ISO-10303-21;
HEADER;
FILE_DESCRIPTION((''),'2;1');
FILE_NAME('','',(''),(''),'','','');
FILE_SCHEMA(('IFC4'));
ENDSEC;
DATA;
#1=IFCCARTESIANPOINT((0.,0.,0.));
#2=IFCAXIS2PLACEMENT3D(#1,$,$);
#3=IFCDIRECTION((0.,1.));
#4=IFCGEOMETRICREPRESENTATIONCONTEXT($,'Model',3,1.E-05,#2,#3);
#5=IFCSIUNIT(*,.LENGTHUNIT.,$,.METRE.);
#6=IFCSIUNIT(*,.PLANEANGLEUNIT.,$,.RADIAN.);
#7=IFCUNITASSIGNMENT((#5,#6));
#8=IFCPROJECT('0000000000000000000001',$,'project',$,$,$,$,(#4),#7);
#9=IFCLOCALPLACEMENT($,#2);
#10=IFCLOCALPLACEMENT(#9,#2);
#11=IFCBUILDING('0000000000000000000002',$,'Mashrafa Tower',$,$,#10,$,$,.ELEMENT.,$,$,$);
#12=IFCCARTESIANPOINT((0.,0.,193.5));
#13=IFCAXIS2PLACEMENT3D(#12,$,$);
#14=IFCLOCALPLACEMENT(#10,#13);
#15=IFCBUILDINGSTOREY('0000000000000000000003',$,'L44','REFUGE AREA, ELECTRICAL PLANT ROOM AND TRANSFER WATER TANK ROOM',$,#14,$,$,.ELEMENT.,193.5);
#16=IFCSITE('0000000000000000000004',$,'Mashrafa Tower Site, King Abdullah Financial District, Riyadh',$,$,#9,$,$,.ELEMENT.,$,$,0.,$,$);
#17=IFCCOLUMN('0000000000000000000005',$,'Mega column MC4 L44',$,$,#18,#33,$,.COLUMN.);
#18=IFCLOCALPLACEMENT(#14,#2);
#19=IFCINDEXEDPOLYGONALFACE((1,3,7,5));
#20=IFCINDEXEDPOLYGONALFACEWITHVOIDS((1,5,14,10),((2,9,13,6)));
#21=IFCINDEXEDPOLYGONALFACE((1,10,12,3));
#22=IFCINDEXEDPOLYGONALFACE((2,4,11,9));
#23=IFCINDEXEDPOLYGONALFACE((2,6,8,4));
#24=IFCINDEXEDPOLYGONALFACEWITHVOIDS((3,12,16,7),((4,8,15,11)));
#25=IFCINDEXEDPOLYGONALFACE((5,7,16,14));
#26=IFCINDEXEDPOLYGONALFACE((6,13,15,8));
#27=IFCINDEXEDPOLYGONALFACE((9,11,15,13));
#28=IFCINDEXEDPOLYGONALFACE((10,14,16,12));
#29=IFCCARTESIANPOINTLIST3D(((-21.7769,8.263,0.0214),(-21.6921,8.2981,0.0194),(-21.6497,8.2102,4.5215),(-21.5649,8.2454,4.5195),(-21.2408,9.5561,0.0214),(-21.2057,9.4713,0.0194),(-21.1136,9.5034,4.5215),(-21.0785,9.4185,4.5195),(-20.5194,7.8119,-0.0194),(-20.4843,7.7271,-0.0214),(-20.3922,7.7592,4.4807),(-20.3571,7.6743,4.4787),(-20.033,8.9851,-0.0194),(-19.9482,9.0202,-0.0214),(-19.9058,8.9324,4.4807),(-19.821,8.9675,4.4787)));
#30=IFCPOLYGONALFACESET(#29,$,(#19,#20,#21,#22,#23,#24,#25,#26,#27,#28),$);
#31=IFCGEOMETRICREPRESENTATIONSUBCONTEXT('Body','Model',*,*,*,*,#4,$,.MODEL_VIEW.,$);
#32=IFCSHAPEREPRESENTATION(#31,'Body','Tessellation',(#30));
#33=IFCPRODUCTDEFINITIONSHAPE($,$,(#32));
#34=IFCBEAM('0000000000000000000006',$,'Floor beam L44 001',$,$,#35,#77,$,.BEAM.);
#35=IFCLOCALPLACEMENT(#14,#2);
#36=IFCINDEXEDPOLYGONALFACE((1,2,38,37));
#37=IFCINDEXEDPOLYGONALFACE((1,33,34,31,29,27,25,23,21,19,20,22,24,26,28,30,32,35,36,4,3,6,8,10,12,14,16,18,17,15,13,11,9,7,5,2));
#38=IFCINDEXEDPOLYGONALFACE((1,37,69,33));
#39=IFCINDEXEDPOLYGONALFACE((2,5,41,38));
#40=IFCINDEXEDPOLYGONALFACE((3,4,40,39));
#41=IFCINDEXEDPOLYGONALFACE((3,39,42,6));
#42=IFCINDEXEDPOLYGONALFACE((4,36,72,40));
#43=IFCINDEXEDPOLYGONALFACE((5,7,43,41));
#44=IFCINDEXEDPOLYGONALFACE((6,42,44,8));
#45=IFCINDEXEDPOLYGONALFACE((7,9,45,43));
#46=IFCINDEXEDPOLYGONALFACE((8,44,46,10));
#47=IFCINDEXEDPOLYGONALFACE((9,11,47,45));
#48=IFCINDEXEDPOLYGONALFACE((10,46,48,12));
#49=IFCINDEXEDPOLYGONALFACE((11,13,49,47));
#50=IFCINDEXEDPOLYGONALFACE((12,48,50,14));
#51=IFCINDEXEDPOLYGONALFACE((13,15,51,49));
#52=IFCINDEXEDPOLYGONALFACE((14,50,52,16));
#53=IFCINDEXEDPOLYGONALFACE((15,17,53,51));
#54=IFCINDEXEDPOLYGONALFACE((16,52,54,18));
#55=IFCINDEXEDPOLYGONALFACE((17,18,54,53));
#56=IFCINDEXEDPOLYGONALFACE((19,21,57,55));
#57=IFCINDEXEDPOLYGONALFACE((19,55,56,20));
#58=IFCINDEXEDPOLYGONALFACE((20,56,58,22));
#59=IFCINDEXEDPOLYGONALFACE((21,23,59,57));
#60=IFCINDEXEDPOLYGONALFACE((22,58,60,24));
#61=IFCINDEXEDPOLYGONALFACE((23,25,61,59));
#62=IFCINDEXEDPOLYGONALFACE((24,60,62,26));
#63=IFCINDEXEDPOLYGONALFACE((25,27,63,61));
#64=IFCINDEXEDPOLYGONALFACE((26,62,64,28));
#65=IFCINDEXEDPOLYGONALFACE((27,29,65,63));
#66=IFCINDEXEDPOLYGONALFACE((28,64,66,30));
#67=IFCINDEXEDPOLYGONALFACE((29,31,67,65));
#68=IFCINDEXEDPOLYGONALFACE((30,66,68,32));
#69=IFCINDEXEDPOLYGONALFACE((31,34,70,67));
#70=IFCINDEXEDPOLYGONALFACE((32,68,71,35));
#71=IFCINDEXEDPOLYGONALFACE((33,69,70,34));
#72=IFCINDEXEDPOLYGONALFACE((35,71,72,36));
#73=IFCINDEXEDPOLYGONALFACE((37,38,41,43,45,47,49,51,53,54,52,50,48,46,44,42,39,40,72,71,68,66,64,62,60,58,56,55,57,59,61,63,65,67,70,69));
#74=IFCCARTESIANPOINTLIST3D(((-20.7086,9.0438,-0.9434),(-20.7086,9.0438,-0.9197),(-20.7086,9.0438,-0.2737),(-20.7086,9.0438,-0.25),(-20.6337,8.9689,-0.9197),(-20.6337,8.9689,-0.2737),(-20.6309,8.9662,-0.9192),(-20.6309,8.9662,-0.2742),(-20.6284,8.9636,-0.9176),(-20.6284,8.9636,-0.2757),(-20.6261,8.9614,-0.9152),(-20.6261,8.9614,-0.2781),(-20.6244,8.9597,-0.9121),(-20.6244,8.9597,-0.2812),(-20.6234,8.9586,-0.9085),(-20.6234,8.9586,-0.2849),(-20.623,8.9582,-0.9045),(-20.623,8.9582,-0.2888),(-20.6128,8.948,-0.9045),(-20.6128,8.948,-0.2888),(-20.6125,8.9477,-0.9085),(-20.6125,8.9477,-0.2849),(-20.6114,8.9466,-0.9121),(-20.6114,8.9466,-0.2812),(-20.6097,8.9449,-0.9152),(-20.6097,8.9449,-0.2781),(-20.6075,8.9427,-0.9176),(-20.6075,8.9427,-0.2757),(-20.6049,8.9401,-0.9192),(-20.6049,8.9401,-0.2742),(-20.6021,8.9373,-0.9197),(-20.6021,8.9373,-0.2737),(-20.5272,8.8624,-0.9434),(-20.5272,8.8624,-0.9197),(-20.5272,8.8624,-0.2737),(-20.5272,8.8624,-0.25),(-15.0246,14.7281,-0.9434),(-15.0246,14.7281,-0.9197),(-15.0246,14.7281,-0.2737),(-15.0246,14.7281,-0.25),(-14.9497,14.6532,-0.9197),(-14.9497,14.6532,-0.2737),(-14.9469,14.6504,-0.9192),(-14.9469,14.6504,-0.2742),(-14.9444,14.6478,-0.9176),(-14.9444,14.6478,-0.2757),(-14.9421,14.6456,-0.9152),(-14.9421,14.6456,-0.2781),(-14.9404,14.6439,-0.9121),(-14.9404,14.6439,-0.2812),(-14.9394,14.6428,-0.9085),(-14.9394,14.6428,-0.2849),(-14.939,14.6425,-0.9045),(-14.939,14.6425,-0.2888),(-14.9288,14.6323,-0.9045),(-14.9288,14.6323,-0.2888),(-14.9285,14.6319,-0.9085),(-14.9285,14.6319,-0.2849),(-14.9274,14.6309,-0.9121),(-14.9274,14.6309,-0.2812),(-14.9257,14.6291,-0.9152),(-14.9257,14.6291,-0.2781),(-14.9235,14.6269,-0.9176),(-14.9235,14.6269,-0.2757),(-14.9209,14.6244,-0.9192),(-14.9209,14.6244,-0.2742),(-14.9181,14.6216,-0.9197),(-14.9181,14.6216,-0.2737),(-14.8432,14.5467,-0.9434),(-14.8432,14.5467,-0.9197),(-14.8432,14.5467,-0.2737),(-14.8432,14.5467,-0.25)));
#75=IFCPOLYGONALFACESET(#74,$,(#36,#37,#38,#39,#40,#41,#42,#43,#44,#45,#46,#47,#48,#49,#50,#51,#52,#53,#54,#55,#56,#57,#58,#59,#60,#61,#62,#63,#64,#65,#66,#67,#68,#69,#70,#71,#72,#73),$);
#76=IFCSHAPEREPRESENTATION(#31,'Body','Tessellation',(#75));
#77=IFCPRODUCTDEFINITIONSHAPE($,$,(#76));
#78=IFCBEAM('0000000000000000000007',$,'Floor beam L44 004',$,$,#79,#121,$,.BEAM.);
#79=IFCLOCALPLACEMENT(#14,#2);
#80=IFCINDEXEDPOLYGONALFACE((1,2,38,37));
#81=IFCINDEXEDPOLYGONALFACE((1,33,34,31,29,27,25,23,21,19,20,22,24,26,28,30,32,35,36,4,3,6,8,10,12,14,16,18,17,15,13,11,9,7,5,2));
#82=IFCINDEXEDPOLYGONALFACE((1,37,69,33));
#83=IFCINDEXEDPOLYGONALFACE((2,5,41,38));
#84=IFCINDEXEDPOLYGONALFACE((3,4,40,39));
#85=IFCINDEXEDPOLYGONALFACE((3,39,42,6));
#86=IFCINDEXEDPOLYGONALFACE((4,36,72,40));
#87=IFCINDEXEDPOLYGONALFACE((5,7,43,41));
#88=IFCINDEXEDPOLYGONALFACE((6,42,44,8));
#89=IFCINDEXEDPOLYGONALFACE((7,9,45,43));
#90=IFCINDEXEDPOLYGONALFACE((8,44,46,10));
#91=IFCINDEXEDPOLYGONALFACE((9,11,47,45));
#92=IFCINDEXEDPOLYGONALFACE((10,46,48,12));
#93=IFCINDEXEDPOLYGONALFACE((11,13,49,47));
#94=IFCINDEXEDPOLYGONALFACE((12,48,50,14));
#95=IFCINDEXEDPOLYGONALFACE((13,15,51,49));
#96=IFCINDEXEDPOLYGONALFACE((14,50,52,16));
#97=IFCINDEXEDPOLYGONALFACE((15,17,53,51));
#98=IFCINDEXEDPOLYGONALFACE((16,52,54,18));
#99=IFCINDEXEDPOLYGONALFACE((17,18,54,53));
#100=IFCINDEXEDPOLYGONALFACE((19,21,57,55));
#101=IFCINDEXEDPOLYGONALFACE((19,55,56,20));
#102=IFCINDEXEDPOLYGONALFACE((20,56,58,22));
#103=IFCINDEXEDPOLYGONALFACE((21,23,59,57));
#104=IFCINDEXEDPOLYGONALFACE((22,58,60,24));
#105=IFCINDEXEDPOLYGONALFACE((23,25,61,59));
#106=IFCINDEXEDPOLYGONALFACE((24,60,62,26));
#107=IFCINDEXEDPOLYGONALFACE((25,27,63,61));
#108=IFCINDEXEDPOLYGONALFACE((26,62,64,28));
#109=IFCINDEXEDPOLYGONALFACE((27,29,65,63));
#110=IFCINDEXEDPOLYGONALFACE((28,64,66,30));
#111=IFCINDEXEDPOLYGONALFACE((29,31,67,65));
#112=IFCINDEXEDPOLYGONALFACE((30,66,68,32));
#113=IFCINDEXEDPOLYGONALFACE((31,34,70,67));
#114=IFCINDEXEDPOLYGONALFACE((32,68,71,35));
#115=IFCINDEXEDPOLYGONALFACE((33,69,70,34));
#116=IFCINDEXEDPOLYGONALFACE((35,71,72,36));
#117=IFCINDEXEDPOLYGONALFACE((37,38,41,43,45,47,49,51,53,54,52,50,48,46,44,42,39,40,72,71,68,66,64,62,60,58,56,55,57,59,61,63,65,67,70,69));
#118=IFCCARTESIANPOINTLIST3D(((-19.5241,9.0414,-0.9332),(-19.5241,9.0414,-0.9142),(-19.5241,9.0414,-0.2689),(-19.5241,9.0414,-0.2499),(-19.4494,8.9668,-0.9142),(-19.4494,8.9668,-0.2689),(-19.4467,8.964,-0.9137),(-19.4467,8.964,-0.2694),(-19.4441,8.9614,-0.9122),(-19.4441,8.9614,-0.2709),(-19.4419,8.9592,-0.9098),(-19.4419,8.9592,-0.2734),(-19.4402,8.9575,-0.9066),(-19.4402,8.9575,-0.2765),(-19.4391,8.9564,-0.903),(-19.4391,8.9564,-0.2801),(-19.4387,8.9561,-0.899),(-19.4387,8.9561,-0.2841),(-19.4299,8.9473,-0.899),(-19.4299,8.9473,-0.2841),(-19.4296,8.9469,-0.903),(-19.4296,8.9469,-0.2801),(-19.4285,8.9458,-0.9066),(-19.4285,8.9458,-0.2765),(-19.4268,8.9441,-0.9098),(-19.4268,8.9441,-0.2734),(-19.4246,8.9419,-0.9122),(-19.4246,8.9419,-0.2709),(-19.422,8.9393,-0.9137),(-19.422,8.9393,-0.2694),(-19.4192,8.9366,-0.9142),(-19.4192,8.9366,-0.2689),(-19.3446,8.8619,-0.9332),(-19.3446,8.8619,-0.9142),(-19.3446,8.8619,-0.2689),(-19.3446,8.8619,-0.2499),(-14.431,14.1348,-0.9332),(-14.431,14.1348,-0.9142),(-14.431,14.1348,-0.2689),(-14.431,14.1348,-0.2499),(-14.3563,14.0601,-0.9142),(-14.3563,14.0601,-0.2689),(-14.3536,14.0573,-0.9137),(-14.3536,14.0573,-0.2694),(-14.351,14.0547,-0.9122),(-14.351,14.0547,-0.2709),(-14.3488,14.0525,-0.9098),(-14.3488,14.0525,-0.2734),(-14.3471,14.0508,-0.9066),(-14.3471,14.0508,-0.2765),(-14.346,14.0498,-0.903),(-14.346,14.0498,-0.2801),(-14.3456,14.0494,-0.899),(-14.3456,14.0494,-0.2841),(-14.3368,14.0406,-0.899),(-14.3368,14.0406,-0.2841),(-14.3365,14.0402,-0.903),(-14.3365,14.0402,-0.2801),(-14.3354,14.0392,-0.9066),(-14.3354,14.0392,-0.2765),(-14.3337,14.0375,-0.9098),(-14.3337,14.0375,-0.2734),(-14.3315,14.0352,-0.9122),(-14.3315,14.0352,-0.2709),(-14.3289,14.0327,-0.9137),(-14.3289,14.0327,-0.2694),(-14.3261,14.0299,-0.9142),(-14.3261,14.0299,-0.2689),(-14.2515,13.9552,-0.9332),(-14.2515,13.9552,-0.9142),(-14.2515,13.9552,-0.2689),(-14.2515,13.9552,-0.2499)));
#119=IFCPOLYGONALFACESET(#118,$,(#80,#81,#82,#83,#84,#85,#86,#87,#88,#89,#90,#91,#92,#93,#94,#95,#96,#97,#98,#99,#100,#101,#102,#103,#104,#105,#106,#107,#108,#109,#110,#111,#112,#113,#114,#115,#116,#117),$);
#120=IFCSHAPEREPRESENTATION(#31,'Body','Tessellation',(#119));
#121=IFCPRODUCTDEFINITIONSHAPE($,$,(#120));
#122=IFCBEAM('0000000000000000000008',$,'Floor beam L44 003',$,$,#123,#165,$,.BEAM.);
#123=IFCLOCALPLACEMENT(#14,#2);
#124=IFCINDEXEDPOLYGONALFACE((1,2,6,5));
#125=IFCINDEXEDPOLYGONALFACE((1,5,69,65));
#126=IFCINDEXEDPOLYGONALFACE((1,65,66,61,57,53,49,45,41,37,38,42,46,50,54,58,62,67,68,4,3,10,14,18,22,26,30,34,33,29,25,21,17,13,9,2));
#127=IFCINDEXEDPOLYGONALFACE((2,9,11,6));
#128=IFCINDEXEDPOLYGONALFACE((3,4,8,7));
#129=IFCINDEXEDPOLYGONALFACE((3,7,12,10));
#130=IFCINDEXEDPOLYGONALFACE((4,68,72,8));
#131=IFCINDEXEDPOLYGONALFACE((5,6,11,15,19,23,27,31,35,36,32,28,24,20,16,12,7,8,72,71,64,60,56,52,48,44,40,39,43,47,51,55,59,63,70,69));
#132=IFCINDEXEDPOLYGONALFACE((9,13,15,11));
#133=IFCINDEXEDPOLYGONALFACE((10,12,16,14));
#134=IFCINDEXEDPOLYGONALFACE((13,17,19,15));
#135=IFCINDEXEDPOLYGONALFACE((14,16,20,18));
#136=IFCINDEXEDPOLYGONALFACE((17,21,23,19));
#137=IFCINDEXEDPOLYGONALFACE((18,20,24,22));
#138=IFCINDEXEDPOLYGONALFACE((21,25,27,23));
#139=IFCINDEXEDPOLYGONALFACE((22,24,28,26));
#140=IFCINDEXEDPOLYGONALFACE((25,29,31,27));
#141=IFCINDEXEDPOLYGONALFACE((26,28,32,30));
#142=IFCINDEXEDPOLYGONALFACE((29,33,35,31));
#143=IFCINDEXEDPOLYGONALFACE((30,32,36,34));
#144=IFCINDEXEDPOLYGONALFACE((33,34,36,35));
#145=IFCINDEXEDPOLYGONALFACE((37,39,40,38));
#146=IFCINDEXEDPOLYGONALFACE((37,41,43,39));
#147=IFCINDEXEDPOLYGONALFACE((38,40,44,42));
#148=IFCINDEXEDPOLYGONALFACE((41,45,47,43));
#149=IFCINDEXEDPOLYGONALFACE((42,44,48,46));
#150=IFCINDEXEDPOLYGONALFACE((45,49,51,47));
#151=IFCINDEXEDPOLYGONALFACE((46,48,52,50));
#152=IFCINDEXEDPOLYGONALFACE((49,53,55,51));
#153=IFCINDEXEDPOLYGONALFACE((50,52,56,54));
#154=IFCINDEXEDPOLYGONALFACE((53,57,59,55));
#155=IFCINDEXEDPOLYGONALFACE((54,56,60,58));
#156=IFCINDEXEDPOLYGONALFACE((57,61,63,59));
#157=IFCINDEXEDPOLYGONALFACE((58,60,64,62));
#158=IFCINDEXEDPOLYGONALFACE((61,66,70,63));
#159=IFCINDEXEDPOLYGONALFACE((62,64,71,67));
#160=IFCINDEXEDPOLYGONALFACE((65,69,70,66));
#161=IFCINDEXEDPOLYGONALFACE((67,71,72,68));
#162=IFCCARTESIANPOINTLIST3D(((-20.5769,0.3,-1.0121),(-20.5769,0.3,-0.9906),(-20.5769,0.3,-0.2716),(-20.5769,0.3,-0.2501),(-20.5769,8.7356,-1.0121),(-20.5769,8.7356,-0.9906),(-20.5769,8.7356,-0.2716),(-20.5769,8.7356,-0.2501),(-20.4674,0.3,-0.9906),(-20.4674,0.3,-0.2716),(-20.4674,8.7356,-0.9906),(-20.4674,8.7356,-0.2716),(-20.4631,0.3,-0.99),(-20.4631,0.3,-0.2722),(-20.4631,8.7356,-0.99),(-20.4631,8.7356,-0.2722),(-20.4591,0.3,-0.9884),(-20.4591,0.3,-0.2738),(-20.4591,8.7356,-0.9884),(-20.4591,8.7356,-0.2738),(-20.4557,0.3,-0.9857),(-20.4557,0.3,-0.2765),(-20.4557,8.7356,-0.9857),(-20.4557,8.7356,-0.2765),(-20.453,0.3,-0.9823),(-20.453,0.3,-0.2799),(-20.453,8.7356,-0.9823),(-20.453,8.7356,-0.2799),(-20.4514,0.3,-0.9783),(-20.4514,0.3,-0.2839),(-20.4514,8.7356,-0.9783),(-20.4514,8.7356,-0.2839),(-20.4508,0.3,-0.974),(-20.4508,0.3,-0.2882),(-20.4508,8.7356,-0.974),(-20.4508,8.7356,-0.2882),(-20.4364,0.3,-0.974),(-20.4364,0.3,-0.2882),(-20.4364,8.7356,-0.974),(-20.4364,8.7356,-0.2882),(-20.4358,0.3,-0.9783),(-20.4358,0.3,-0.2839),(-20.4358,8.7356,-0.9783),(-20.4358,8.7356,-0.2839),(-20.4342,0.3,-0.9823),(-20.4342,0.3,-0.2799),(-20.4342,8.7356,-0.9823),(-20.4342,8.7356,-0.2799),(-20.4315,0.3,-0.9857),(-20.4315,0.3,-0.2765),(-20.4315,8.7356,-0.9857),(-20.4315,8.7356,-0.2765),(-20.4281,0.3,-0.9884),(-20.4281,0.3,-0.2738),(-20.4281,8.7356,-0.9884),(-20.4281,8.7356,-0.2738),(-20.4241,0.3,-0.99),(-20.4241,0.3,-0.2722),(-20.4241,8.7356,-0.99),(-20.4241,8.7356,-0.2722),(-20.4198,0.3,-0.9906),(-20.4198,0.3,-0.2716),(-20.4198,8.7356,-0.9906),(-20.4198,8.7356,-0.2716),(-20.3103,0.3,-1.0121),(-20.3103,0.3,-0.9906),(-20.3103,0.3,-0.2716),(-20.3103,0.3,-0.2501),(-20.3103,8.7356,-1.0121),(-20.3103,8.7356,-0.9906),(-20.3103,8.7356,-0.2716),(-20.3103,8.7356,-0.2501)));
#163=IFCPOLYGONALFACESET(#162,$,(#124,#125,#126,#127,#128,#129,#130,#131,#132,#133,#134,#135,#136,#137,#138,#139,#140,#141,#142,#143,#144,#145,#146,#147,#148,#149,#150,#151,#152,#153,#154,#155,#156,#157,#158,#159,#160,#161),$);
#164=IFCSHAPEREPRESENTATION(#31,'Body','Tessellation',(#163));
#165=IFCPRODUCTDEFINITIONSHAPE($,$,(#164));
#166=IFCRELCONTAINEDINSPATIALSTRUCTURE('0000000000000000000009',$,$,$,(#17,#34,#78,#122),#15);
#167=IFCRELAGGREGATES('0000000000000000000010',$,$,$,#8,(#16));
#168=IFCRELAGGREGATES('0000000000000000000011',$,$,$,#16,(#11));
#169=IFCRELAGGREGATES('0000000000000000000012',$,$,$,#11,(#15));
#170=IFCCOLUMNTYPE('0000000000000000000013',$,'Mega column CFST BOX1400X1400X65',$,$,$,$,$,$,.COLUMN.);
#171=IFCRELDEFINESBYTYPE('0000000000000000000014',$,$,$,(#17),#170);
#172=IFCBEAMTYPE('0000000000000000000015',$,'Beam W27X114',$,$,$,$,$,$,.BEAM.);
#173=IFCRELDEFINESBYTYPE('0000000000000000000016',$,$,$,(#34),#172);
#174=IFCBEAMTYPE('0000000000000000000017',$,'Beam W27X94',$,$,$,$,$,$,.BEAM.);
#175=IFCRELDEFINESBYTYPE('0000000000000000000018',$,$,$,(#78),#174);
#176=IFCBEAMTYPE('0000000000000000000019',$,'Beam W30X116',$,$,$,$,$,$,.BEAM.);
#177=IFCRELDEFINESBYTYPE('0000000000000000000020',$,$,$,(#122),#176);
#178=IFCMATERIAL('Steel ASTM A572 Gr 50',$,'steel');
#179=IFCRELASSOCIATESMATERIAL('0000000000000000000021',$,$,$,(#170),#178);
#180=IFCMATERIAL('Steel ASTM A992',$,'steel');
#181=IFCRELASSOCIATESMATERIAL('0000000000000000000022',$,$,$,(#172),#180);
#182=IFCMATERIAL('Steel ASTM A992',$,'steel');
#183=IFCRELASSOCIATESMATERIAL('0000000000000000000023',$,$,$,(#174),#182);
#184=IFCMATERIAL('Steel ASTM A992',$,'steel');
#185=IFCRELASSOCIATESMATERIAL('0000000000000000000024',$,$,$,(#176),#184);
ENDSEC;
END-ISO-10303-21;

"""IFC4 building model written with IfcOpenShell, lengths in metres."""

from ifc_helpers import new_model, si_unit, direction, frame, origin, origin_2d, place, context, subcontext, project, spatial, hollow_rectangle, i_section, extrude, material, material_profile, profile_set, type_object, element, save


model = new_model("IFC4")

# Units and contexts
model_context = context("Model", 3, precision=1e-05, world=origin(), true_north=direction((0.0, 1.0)))
body_context = subcontext(model_context, "Body", "Model", "MODEL_VIEW")
ifc_project = project(units=[si_unit("LENGTHUNIT", "METRE"), si_unit("PLANEANGLEUNIT", "RADIAN")], contexts=[model_context])

# Site, building, storey
site_placement = place(None, origin())
site = spatial("IfcSite", under=ifc_project, at=site_placement, Name="Mashrafa Tower Site, King Abdullah Financial District, Riyadh", CompositionType="ELEMENT", RefElevation=0.0)
building_placement = place(site_placement, origin())
building = spatial("IfcBuilding", under=site, at=building_placement, Name="Mashrafa Tower", CompositionType="ELEMENT")
storey_placement = place(building_placement, frame((0.0, 0.0, 193.5)))
storey = spatial("IfcBuildingStorey", under=building, at=storey_placement, Name="L44", Description="REFUGE AREA, ELECTRICAL PLANT ROOM AND TRANSFER WATER TANK ROOM", CompositionType="ELEMENT", Elevation=193.5)

# Column
ifc_material_1 = material(Name="Steel ASTM A572 Gr 50", Category="steel")
ifc_material_profile_1 = material_profile(ifc_material_1, hollow_rectangle(XDim=1.3999, YDim=1.3999, WallThickness=0.0649, at=origin_2d()), Name="BOX1400X1400X65")
ifc_profile_set_1 = profile_set([ifc_material_profile_1], Name="Steel ASTM A572 Gr 50")
column_type = type_object("IfcColumnType", Name="Mega column CFST BOX1400X1400X65", PredefinedType="COLUMN", material=ifc_profile_set_1)
column_placement = place(storey_placement, frame((-20.8625, 8.6416, 0.0), z_axis=(0.028253, -0.011713, 0.999532), x_axis=(0.382978, 0.923757, 0.0)))
element("IfcColumn", 1, at=column_placement, inside=storey, type_object=column_type, Name="Mega column MC4 L44", PredefinedType="COLUMN", context=body_context, shape_type="SweptSolid", body=[
    extrude(hollow_rectangle(XDim=1.3999, YDim=1.3999, WallThickness=0.0649, at=origin_2d()), origin(), (0.0, 0.0, 1.0), 4.5022),
])

# Beams
ifc_material_2 = material(Name="Steel ASTM A992", Category="steel")
ifc_material_profile_2 = material_profile(ifc_material_2, i_section(OverallWidth=0.2566, OverallDepth=0.6934, WebThickness=0.0144, FlangeThickness=0.0237, FilletRadius=0.0151, at=origin_2d()), Name="W27X114")
ifc_profile_set_2 = profile_set([ifc_material_profile_2], Name="Steel ASTM A992")
beam_type_1 = type_object("IfcBeamType", Name="Beam W27X114", PredefinedType="BEAM", material=ifc_profile_set_2)
beam_1_placement = place(storey_placement, frame((-20.6179, 8.9531, -0.5967), z_axis=(0.707092, 0.707122, 0.0), x_axis=(-0.707122, 0.707092, 0.0)))
element("IfcBeam", 2, at=beam_1_placement, inside=storey, type_object=beam_type_1, Name="Floor beam L44 001", PredefinedType="BEAM", context=body_context, shape_type="SweptSolid", body=[
    extrude(i_section(OverallWidth=0.2566, OverallDepth=0.6934, WebThickness=0.0144, FlangeThickness=0.0237, FilletRadius=0.0151, at=origin_2d()), origin(), (0.0, 0.0, 1.0), 8.0386),
])
ifc_material_3 = material(Name="Steel ASTM A992", Category="steel")
ifc_material_profile_3 = material_profile(ifc_material_3, i_section(OverallWidth=0.2539, OverallDepth=0.6833, WebThickness=0.0125, FlangeThickness=0.019, FilletRadius=0.0151, at=origin_2d()), Name="W27X94")
ifc_profile_set_3 = profile_set([ifc_material_profile_3], Name="Steel ASTM A992")
beam_type_2 = type_object("IfcBeamType", Name="Beam W27X94", PredefinedType="BEAM", material=ifc_profile_set_3)
beam_2_placement = place(storey_placement, frame((-19.4343, 8.9517, -0.5916), z_axis=(0.70709, 0.707124, 0.0), x_axis=(-0.707124, 0.70709, 0.0)))
element("IfcBeam", 3, at=beam_2_placement, inside=storey, type_object=beam_type_2, Name="Floor beam L44 004", PredefinedType="BEAM", context=body_context, shape_type="SweptSolid", body=[
    extrude(i_section(OverallWidth=0.2539, OverallDepth=0.6833, WebThickness=0.0125, FlangeThickness=0.019, FilletRadius=0.0151, at=origin_2d()), origin(), (0.0, 0.0, 1.0), 7.2029),
])
ifc_material_4 = material(Name="Steel ASTM A992", Category="steel")
ifc_material_profile_4 = material_profile(ifc_material_4, i_section(OverallWidth=0.2666, OverallDepth=0.762, WebThickness=0.0144, FlangeThickness=0.0215, FilletRadius=0.0166, at=origin_2d()), Name="W30X116")
ifc_profile_set_4 = profile_set([ifc_material_profile_4], Name="Steel ASTM A992")
beam_type_3 = type_object("IfcBeamType", Name="Beam W30X116", PredefinedType="BEAM", material=ifc_profile_set_4)
beam_3_placement = place(storey_placement, frame((-20.4436, 0.3, -0.6311), z_axis=(0.0, 1.0, 0.0), x_axis=(-1.0, 0.0, 0.0)))
element("IfcBeam", 4, at=beam_3_placement, inside=storey, type_object=beam_type_3, Name="Floor beam L44 003", PredefinedType="BEAM", context=body_context, shape_type="SweptSolid", body=[
    extrude(i_section(OverallWidth=0.2666, OverallDepth=0.762, WebThickness=0.0144, FlangeThickness=0.0215, FilletRadius=0.0166, at=origin_2d()), origin(), (0.0, 0.0, 1.0), 8.4355),
])

save(model, "model.ifc")
